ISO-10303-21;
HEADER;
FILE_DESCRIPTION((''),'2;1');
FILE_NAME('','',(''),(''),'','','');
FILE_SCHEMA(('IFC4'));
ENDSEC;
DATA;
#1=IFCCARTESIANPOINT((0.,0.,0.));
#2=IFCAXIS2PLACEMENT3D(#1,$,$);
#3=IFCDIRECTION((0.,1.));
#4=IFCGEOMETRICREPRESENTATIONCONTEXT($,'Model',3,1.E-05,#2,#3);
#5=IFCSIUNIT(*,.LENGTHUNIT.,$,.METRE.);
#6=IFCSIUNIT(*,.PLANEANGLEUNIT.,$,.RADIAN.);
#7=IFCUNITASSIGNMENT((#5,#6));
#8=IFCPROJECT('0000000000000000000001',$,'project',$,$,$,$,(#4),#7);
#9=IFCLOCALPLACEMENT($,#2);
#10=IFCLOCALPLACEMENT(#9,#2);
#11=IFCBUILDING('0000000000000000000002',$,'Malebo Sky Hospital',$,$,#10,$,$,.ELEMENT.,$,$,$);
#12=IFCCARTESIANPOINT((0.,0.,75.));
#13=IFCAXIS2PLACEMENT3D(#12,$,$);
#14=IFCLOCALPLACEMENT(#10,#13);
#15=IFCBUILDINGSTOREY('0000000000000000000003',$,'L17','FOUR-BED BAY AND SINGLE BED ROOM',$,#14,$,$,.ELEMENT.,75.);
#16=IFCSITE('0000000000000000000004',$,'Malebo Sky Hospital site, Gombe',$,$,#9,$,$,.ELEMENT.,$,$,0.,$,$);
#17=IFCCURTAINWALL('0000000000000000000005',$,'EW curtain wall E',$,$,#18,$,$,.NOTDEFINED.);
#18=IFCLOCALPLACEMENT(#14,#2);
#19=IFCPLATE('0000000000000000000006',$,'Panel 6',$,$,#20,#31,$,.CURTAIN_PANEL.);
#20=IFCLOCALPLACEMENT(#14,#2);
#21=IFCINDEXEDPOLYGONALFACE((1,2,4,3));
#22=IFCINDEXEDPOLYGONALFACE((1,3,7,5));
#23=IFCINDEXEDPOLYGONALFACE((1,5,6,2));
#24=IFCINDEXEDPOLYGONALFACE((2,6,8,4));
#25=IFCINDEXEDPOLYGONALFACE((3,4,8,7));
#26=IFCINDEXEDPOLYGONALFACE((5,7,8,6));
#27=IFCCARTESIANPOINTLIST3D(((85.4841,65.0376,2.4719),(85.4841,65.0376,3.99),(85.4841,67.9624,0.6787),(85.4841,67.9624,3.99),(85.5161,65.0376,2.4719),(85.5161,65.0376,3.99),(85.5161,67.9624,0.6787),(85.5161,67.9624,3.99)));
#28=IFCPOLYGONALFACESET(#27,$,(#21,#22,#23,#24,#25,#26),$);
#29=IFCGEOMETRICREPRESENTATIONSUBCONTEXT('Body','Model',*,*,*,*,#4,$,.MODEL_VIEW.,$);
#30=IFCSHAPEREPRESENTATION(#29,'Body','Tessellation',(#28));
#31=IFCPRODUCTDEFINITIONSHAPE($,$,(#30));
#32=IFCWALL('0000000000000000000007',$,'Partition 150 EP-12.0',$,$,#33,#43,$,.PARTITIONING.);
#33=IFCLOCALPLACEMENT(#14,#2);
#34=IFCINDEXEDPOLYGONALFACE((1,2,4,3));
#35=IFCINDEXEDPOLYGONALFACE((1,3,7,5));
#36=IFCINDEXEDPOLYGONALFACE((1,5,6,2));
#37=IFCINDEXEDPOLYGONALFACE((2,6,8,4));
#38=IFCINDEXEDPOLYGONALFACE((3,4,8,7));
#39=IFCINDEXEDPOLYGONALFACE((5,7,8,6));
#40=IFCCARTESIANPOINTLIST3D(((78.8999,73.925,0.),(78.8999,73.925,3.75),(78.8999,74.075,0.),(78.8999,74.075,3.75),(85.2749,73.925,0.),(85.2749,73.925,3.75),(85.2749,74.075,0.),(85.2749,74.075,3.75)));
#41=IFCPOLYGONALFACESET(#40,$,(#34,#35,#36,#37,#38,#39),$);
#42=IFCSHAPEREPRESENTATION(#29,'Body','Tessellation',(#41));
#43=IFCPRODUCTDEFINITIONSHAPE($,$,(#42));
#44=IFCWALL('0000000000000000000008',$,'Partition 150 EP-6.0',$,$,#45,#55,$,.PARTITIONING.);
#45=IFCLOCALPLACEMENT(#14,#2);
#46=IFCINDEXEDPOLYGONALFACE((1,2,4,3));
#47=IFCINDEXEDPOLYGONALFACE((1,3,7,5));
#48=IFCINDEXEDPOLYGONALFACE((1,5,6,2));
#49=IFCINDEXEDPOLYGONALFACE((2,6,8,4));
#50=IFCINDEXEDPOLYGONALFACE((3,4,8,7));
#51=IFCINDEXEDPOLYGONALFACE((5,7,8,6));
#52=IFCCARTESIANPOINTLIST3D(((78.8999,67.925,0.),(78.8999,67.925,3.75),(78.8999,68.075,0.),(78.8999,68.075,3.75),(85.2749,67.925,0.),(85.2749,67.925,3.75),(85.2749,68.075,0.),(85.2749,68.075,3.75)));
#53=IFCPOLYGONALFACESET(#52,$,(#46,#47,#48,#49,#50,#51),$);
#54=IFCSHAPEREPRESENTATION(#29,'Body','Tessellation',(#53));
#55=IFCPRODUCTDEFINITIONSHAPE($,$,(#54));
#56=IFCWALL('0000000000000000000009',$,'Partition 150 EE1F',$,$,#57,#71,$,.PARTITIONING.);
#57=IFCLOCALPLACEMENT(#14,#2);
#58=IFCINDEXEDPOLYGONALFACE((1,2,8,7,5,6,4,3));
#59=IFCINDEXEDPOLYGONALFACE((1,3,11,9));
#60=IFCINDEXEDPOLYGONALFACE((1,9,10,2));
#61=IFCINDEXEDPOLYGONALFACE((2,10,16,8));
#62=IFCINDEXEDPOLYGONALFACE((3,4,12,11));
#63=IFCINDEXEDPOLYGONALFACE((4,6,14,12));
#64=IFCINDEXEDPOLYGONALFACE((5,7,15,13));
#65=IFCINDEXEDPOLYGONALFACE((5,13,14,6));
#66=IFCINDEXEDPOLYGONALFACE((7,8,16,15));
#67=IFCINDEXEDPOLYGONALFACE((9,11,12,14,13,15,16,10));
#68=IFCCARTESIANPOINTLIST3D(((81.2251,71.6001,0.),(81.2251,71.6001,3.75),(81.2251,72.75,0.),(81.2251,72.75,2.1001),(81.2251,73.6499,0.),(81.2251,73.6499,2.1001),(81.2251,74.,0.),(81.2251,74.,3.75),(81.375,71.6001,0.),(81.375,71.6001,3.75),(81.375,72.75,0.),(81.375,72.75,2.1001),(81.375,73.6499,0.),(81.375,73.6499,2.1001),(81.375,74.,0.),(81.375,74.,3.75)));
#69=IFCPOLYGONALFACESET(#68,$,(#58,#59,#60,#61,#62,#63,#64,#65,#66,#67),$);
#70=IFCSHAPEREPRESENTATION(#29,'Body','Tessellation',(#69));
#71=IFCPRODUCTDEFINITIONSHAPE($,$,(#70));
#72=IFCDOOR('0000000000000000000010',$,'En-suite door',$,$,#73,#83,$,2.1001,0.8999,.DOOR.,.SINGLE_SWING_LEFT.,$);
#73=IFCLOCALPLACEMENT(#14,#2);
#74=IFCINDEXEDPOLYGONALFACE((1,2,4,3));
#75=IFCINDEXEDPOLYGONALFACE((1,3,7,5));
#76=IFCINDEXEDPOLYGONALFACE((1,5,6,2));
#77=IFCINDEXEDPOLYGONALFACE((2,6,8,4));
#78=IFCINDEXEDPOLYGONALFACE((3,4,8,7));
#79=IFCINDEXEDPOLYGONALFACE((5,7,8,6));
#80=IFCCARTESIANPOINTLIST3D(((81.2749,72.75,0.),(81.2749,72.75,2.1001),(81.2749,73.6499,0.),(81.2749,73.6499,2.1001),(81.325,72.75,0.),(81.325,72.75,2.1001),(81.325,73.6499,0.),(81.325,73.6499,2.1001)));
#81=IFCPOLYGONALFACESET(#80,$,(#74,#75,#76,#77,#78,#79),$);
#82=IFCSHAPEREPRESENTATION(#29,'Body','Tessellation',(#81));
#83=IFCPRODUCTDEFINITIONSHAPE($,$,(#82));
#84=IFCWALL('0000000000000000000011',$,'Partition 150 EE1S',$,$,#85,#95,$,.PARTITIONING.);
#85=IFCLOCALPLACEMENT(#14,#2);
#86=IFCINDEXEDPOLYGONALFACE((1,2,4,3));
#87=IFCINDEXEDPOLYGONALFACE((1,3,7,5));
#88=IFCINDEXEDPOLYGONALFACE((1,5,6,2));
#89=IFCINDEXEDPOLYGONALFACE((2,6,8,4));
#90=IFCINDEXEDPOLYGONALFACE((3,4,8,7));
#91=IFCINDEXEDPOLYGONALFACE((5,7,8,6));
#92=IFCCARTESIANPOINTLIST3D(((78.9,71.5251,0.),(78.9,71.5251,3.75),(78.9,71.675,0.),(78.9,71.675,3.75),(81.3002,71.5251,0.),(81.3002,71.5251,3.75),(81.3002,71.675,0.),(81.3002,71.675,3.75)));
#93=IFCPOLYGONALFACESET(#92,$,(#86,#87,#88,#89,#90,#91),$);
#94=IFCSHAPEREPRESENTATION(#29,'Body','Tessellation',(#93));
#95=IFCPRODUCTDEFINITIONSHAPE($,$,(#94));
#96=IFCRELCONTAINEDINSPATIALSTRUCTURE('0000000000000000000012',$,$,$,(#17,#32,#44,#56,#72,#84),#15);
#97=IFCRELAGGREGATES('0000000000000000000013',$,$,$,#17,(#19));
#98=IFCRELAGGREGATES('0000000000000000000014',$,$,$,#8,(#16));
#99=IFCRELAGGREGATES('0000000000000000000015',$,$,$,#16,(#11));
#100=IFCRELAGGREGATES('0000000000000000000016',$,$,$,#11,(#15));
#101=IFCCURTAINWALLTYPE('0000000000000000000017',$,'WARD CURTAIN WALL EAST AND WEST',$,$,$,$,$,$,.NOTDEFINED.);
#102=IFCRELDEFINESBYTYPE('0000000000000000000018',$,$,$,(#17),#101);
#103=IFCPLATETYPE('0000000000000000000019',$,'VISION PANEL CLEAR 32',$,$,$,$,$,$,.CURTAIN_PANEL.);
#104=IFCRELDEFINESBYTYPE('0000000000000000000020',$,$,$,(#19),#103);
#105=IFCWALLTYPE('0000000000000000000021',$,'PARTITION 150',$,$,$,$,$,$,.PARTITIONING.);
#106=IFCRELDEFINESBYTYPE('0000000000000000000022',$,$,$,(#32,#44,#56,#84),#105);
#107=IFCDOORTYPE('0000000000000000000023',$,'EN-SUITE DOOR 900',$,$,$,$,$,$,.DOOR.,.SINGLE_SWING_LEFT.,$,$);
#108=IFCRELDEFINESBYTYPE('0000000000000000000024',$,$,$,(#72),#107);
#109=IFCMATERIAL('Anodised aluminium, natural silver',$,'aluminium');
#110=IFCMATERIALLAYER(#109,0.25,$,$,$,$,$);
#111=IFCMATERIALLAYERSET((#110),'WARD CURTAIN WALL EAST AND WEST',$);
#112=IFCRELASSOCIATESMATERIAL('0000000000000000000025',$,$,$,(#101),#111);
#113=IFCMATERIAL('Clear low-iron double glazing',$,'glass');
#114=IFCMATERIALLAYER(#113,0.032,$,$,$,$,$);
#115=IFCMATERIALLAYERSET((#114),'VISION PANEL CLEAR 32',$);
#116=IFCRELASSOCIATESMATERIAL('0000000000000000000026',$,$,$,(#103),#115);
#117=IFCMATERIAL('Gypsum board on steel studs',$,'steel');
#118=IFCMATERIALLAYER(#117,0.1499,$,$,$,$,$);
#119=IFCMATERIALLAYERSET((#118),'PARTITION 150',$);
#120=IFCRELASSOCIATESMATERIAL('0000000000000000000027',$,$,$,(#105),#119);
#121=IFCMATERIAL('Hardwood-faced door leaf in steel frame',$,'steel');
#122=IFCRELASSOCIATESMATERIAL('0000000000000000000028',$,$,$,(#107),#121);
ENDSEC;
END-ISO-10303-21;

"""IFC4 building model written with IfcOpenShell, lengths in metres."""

from ifc_helpers import new_model, si_unit, direction, frame, frame_2d, origin, place, context, subcontext, project, spatial, polyline, rectangle, outline, extrude, material, layer, layer_set, type_object, element, fill, aggregate, save


model = new_model("IFC4")

# Units and contexts
model_context = context("Model", 3, precision=1e-05, world=origin(), true_north=direction((0.0, 1.0)))
body_context = subcontext(model_context, "Body", "Model", "MODEL_VIEW")
ifc_project = project(units=[si_unit("LENGTHUNIT", "METRE"), si_unit("PLANEANGLEUNIT", "RADIAN")], contexts=[model_context])

# Site, building, storey
site_placement = place(None, origin())
site = spatial("IfcSite", under=ifc_project, at=site_placement, Name="Malebo Sky Hospital site, Gombe", CompositionType="ELEMENT", RefElevation=0.0)
building_placement = place(site_placement, origin())
building = spatial("IfcBuilding", under=site, at=building_placement, Name="Malebo Sky Hospital", CompositionType="ELEMENT")
storey_placement = place(building_placement, frame((0.0, 0.0, 75.0)))
storey = spatial("IfcBuildingStorey", under=building, at=storey_placement, Name="L17", Description="FOUR-BED BAY AND SINGLE BED ROOM", CompositionType="ELEMENT", Elevation=75.0)

# Curtain wall
ifc_material_1 = material(Name="Anodised aluminium, natural silver", Category="aluminium")
ifc_layer_1 = layer(ifc_material_1, 0.25)
ifc_layer_set_1 = layer_set([ifc_layer_1], Name="WARD CURTAIN WALL EAST AND WEST")
curtain_wall_type = type_object("IfcCurtainWallType", Name="WARD CURTAIN WALL EAST AND WEST", PredefinedType="NOTDEFINED", material=ifc_layer_set_1)
curtain_wall_placement = place(storey_placement, origin())
curtain_wall = element("IfcCurtainWall", 1, at=curtain_wall_placement, inside=storey, type_object=curtain_wall_type, Name="EW curtain wall E", PredefinedType="NOTDEFINED")

# Plate
ifc_material_2 = material(Name="Clear low-iron double glazing", Category="glass")
ifc_layer_2 = layer(ifc_material_2, 0.032)
ifc_layer_set_2 = layer_set([ifc_layer_2], Name="VISION PANEL CLEAR 32")
plate_type = type_object("IfcPlateType", Name="VISION PANEL CLEAR 32", PredefinedType="CURTAIN_PANEL", material=ifc_layer_set_2)
plate_1_placement = place(storey_placement, frame((85.5, 66.5, 0.6787), z_axis=(0.0, 0.0, 1.0), x_axis=(0.0, -1.0, 0.0)))
plate_1 = element("IfcPlate", 2, at=plate_1_placement, type_object=plate_type, Name="Panel 6", PredefinedType="CURTAIN_PANEL", context=body_context, shape_type="SweptSolid", body=[
    extrude(outline(polyline([(-1.4624, 0.0), (1.4624, 1.7932), (1.4624, 3.3113), (-1.4624, 3.3113), (-1.4624, 0.0)])), frame((0.0, 0.0161, 0.0), z_axis=(0.0, -1.0, 0.0), x_axis=(1.0, 0.0, 0.0)), (0.0, 0.0, 1.0), 0.032),
])
aggregate(curtain_wall, [plate_1])

# Walls
ifc_material_3 = material(Name="Gypsum board on steel studs", Category="steel")
ifc_layer_3 = layer(ifc_material_3, 0.1499)
ifc_layer_set_3 = layer_set([ifc_layer_3], Name="PARTITION 150")
wall_type = type_object("IfcWallType", Name="PARTITION 150", PredefinedType="PARTITIONING", material=ifc_layer_set_3)
for number, where, z_axis, x_axis, name in (
    (3, (78.8999, 74.0, 0.0), (0.0, 0.0, 1.0), (1.0, 0.0, 0.0), "Partition 150 EP-12.0"),
    (4, (78.8999, 68.0, 0.0), (0.0, 0.0, 1.0), (1.0, 0.0, 0.0), "Partition 150 EP-6.0"),
):
    element("IfcWall", number, at=place(storey_placement, frame(where, z_axis=z_axis, x_axis=x_axis)), inside=storey, type_object=wall_type, Name=name, PredefinedType="PARTITIONING", context=body_context, shape_type="SweptSolid", body=[
        extrude(rectangle(XDim=6.375, YDim=0.1499, at=frame_2d((3.1875, 0.0))), origin(), (0.0, 0.0, 1.0), 3.75),
    ])

# Wall, opening, door
wall_1_placement = place(storey_placement, frame((81.3, 74.0, 0.0), z_axis=(0.0, 0.0, 1.0), x_axis=(0.0, -1.0, 0.0)))
wall_1 = element("IfcWall", 5, at=wall_1_placement, inside=storey, type_object=wall_type, Name="Partition 150 EE1F", PredefinedType="PARTITIONING", context=body_context, shape_type="SweptSolid", body=[
    extrude(rectangle(XDim=2.3999, YDim=0.1499, at=frame_2d((1.2, 0.0))), origin(), (0.0, 0.0, 1.0), 3.75),
])
opening_placement = place(wall_1_placement, frame((0.3501, 0.0, 0.0)))
opening = element("IfcOpeningElement", 6, at=opening_placement, cuts=wall_1, PredefinedType="OPENING", context=body_context, shape_type="SweptSolid", body=[
    extrude(rectangle(XDim=0.8999, YDim=2.1001, at=frame_2d((0.45, 1.05))), frame((0.0, 0.085, 0.0), z_axis=(0.0, -1.0, 0.0), x_axis=(1.0, 0.0, 0.0)), (0.0, 0.0, 1.0), 0.1699),
])
ifc_material_4 = material(Name="Hardwood-faced door leaf in steel frame", Category="steel")
door_type = type_object("IfcDoorType", Name="EN-SUITE DOOR 900", OperationType="SINGLE_SWING_LEFT", PredefinedType="DOOR", material=ifc_material_4)
door_placement = place(opening_placement, origin())
door = element("IfcDoor", 7, at=door_placement, inside=storey, type_object=door_type, Name="En-suite door", OperationType="SINGLE_SWING_LEFT", OverallHeight=2.1001, OverallWidth=0.8999, PredefinedType="DOOR", context=body_context, shape_type="SweptSolid", body=[
    extrude(rectangle(XDim=0.8999, YDim=2.1001, at=frame_2d((0.45, 1.05))), frame((0.0, 0.0249, 0.0), z_axis=(0.0, -1.0, 0.0), x_axis=(1.0, 0.0, 0.0)), (0.0, 0.0, 1.0), 0.05),
])
fill(opening, door)

# Wall
wall_2_placement = place(storey_placement, frame((78.8999, 71.6001, 0.0), z_axis=(0.0, 0.0, 1.0), x_axis=(1.0, 0.0, 0.0)))
element("IfcWall", 8, at=wall_2_placement, inside=storey, type_object=wall_type, Name="Partition 150 EE1S", PredefinedType="PARTITIONING", context=body_context, shape_type="SweptSolid", body=[
    extrude(rectangle(XDim=2.4001, YDim=0.1499, at=frame_2d((1.2002, 0.0))), origin(), (0.0, 0.0, 1.0), 3.75),
])

save(model, "model.ifc")
